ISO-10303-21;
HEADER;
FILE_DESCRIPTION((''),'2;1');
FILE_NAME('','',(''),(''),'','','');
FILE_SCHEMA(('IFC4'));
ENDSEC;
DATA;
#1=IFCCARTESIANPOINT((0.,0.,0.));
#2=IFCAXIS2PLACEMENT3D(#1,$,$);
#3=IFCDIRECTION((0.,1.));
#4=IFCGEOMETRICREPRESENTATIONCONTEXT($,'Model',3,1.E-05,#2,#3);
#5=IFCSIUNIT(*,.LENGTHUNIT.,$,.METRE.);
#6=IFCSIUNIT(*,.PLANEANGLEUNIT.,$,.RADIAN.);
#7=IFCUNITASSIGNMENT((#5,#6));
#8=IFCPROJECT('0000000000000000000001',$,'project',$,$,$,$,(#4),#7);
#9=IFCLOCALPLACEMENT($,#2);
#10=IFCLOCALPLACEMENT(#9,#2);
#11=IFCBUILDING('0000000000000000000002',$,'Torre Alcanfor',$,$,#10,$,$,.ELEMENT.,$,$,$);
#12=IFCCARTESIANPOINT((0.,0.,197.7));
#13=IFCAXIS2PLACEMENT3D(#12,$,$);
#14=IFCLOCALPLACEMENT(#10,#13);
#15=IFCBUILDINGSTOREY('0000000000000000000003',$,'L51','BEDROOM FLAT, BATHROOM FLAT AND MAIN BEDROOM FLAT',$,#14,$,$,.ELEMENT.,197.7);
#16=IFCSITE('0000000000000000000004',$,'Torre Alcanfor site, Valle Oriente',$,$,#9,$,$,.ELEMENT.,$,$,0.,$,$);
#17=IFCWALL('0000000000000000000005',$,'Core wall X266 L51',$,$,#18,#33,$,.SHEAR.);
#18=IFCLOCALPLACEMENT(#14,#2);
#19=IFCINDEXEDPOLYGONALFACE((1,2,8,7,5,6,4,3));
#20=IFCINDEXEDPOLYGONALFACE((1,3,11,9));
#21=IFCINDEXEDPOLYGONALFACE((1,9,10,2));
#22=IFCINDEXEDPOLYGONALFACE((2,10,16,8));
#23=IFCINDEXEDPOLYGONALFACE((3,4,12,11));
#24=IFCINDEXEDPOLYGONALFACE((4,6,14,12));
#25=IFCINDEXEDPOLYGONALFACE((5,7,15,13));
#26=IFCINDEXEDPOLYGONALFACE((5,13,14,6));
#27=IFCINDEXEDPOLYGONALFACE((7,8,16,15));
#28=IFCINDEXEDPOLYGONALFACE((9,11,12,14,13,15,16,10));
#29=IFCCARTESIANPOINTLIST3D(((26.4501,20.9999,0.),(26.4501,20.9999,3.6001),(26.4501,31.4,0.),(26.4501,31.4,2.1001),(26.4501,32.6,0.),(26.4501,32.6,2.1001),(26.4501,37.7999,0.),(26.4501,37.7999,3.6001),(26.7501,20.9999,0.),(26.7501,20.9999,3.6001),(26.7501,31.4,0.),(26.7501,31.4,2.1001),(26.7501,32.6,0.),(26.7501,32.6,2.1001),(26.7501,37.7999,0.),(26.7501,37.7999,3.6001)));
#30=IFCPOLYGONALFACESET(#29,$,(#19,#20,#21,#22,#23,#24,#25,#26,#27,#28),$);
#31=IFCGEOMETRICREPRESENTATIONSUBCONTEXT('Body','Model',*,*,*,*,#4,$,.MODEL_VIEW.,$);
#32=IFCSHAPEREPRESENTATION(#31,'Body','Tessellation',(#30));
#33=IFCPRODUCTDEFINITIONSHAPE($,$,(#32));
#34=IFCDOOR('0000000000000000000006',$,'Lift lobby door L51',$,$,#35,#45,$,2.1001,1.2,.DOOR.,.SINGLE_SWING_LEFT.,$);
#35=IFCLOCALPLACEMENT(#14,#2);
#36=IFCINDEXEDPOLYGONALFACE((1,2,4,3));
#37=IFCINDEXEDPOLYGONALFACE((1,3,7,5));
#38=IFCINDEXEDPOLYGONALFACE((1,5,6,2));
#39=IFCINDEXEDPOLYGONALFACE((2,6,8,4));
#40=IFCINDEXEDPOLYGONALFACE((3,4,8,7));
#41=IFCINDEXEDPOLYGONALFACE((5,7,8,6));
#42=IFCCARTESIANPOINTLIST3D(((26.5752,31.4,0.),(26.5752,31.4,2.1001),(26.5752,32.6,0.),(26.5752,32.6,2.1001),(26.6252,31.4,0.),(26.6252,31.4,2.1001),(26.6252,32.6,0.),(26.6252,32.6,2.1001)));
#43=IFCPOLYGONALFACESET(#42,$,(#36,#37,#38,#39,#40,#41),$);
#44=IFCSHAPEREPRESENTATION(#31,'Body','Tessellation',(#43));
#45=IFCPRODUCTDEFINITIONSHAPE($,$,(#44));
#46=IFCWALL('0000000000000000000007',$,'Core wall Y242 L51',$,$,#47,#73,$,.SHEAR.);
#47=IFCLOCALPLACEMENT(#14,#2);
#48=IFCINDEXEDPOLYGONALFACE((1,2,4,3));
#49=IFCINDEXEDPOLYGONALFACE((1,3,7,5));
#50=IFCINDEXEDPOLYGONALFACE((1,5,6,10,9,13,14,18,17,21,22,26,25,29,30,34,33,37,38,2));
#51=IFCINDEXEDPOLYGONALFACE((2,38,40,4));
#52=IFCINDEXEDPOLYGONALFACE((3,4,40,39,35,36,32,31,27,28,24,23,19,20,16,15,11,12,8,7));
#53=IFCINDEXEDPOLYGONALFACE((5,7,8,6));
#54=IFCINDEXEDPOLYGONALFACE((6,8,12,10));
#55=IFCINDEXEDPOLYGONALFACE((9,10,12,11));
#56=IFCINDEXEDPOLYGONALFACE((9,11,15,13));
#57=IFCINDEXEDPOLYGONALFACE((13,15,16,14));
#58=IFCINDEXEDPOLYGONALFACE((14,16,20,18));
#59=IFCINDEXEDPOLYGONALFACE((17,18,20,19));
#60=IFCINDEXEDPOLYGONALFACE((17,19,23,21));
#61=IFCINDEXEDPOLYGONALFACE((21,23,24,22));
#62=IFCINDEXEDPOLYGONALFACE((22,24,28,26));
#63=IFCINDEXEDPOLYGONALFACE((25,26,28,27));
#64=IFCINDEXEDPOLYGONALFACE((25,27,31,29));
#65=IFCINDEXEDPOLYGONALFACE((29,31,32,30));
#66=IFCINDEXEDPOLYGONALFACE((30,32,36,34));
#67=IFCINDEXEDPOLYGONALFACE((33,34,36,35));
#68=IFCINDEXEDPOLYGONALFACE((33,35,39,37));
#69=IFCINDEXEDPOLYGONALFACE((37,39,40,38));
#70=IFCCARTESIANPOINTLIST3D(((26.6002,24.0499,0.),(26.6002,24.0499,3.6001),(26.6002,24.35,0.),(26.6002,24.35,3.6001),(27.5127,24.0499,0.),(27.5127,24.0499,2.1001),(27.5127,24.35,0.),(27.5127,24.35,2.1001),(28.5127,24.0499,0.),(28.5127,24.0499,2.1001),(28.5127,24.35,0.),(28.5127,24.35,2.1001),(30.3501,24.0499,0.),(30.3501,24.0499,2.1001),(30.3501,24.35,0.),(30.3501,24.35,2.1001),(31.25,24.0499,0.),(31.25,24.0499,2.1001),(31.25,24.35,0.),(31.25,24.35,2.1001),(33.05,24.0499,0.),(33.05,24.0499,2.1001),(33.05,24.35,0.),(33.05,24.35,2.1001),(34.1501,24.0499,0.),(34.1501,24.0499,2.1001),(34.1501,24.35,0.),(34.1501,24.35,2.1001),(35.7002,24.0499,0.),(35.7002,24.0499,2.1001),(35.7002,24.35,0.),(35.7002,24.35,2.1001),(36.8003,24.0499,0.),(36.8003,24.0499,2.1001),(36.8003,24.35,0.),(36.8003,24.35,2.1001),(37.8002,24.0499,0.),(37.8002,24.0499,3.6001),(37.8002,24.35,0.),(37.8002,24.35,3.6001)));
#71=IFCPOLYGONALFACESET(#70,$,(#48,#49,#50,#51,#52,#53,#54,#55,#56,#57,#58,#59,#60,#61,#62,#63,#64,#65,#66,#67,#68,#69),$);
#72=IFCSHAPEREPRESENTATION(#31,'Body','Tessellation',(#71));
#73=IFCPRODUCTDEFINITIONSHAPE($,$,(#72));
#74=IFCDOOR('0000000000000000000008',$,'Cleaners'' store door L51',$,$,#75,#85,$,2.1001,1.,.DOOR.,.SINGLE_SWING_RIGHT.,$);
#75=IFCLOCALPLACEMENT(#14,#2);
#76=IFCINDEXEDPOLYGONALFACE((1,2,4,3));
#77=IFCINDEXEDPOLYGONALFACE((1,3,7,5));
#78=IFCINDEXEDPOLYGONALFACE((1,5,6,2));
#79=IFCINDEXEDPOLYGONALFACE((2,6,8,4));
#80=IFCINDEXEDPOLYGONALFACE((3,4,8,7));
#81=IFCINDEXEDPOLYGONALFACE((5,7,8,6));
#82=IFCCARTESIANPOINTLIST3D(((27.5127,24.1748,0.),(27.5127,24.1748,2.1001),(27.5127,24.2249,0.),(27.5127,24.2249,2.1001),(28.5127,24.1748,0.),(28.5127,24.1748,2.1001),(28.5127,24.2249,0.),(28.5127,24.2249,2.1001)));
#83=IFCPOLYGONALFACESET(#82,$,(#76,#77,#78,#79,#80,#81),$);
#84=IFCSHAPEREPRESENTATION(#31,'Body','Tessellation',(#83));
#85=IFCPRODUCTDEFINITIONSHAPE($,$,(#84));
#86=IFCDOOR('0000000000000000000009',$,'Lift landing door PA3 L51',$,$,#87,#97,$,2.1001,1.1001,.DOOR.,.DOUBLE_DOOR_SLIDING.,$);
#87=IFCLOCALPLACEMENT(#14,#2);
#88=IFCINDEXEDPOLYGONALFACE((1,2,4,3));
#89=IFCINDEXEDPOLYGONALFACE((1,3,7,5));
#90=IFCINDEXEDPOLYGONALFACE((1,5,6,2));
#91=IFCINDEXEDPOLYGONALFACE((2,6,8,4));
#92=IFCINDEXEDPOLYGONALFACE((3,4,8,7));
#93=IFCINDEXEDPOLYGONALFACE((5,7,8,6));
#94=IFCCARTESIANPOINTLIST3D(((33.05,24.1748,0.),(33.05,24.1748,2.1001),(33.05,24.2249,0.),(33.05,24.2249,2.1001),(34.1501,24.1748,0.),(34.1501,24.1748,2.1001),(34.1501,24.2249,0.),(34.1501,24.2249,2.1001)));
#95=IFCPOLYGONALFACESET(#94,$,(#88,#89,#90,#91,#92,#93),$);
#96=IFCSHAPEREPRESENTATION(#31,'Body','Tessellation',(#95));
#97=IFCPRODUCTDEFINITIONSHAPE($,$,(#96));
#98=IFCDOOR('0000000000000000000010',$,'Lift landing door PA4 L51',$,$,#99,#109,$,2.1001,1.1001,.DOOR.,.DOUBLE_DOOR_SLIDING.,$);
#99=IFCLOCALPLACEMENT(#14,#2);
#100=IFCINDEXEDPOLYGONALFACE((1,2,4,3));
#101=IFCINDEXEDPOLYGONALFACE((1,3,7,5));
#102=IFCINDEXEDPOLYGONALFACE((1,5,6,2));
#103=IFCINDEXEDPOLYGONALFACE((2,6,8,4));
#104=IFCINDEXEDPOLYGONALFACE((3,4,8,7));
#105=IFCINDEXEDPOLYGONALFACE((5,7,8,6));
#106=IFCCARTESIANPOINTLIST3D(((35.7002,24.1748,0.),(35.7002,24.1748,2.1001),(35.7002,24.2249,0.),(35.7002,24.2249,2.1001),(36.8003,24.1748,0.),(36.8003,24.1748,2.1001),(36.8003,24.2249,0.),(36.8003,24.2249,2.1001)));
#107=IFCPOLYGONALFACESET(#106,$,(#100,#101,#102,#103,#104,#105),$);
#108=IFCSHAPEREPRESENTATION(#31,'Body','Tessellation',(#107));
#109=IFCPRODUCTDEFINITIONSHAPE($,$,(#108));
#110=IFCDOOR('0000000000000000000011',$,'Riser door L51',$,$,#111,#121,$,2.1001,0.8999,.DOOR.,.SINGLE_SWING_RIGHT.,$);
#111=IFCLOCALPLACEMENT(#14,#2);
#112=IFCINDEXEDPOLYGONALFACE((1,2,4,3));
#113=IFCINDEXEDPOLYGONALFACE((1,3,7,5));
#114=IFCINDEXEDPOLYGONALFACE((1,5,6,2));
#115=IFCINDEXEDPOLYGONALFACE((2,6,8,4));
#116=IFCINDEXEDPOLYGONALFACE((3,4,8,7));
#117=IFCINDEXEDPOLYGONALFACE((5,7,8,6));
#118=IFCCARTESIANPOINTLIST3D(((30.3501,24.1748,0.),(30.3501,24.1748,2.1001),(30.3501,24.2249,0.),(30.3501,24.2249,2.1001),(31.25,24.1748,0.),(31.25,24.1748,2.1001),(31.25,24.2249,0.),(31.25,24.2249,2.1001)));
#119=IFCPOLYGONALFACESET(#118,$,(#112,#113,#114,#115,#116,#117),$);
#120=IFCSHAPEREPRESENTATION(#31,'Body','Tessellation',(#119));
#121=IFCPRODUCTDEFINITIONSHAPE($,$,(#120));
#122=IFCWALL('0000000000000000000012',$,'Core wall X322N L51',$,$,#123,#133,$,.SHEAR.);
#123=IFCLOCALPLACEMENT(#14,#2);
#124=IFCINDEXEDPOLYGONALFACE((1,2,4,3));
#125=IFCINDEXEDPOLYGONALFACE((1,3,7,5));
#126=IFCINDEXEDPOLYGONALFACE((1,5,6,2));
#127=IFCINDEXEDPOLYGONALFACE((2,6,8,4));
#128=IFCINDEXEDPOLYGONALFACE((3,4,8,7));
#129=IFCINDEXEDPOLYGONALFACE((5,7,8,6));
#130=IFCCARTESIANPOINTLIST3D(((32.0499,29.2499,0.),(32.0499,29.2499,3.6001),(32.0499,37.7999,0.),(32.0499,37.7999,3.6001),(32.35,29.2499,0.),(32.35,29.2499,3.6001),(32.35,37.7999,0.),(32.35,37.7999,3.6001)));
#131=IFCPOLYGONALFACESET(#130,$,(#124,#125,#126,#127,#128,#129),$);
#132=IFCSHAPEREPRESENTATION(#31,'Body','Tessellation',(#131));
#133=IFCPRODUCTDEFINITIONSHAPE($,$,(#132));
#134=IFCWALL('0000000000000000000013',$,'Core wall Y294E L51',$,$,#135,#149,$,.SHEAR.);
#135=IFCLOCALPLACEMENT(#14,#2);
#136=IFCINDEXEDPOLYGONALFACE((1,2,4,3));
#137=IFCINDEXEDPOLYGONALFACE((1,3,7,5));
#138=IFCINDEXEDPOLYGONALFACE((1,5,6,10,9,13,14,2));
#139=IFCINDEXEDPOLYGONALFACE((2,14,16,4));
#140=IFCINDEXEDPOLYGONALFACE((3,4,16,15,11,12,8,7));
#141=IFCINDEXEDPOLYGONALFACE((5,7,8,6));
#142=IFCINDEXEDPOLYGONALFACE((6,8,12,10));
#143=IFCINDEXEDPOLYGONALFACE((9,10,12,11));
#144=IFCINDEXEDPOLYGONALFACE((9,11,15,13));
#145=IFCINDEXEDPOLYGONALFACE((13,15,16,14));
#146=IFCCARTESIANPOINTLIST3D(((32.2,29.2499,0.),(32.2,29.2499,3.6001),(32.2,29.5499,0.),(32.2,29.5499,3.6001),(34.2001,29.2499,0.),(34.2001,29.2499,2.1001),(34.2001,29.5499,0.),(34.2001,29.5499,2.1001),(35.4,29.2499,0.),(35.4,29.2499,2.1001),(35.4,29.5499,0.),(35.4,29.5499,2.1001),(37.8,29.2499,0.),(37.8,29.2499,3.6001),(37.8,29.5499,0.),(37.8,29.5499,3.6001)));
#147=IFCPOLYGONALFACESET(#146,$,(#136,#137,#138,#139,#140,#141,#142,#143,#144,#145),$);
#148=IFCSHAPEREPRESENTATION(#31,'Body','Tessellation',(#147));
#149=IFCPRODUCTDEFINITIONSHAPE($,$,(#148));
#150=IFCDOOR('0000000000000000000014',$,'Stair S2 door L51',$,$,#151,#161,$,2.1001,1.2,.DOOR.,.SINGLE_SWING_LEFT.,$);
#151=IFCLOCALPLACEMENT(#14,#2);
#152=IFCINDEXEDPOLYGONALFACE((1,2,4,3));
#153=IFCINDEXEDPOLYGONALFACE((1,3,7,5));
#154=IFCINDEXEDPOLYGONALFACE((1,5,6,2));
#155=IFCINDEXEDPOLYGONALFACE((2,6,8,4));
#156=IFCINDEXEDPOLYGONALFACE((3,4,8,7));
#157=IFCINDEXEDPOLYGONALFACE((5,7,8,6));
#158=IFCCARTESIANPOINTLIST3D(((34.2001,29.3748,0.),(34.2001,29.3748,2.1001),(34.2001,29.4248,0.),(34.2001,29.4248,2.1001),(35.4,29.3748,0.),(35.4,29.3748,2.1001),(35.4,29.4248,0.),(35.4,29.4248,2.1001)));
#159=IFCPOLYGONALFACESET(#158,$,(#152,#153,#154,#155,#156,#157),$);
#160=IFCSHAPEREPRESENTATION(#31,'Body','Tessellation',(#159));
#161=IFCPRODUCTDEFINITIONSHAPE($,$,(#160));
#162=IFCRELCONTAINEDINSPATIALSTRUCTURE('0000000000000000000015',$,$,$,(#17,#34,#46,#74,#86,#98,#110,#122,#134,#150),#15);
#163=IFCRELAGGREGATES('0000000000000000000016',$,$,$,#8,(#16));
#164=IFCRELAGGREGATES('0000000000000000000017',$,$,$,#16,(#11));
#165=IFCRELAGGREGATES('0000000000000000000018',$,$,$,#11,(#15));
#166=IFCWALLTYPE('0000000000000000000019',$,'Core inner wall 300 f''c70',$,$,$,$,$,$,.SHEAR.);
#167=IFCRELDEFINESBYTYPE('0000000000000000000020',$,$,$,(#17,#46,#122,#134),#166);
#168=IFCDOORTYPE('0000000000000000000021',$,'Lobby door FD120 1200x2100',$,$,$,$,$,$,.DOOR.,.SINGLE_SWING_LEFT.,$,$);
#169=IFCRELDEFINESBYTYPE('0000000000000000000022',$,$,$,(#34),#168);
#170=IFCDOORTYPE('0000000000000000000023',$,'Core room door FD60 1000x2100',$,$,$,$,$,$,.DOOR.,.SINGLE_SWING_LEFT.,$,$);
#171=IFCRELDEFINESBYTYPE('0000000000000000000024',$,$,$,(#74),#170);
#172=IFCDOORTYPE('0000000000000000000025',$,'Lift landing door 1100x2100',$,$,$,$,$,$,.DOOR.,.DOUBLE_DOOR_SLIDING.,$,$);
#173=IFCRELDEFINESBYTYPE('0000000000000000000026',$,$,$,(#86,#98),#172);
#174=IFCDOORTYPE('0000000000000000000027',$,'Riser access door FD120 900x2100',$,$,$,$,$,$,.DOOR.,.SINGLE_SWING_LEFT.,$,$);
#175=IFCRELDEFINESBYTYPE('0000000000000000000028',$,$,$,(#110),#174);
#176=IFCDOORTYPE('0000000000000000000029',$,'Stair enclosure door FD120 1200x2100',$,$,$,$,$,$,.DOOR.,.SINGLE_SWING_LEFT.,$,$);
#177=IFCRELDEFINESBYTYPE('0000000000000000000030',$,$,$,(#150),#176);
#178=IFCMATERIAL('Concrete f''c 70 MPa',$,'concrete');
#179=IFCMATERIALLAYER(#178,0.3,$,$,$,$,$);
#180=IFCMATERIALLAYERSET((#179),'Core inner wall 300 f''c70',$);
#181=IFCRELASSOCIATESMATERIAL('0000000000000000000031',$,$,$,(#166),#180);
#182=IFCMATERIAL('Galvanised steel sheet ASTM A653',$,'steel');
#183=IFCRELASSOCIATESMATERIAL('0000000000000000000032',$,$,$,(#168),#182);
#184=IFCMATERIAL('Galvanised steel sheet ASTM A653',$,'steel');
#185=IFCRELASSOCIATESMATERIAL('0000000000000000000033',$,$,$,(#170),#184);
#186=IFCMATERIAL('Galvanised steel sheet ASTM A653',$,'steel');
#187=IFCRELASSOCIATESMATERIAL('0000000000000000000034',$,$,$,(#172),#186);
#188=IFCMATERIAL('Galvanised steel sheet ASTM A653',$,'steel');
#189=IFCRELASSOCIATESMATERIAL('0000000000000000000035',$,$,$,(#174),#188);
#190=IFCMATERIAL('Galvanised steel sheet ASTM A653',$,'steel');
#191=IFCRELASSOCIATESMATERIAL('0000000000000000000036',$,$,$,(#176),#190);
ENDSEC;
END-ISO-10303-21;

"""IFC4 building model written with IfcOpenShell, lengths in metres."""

from ifc_helpers import new_model, si_unit, direction, frame, frame_2d, origin, place, context, subcontext, project, spatial, rectangle, extrude, material, layer, layer_set, type_object, element, fill, save


model = new_model("IFC4")

# Units and contexts
model_context = context("Model", 3, precision=1e-05, world=origin(), true_north=direction((0.0, 1.0)))
body_context = subcontext(model_context, "Body", "Model", "MODEL_VIEW")
ifc_project = project(units=[si_unit("LENGTHUNIT", "METRE"), si_unit("PLANEANGLEUNIT", "RADIAN")], contexts=[model_context])

# Site, building, storey
site_placement = place(None, origin())
site = spatial("IfcSite", under=ifc_project, at=site_placement, Name="Torre Alcanfor site, Valle Oriente", CompositionType="ELEMENT", RefElevation=0.0)
building_placement = place(site_placement, origin())
building = spatial("IfcBuilding", under=site, at=building_placement, Name="Torre Alcanfor", CompositionType="ELEMENT")
storey_placement = place(building_placement, frame((0.0, 0.0, 197.7)))
storey = spatial("IfcBuildingStorey", under=building, at=storey_placement, Name="L51", Description="BEDROOM FLAT, BATHROOM FLAT AND MAIN BEDROOM FLAT", CompositionType="ELEMENT", Elevation=197.7)

# Wall, opening, door
ifc_material_1 = material(Name="Concrete f'c 70 MPa", Category="concrete")
ifc_layer_1 = layer(ifc_material_1, 0.3)
ifc_layer_set_1 = layer_set([ifc_layer_1], Name="Core inner wall 300 f'c70")
wall_type_1 = type_object("IfcWallType", Name="Core inner wall 300 f'c70", PredefinedType="SHEAR", material=ifc_layer_set_1)
wall_1_placement = place(storey_placement, frame((26.6001, 21.0, 0.0), z_axis=(0.0, 0.0, 1.0), x_axis=(0.0, 1.0, 0.0)))
wall_1 = element("IfcWall", 1, at=wall_1_placement, inside=storey, type_object=wall_type_1, Name="Core wall X266 L51", PredefinedType="SHEAR", context=body_context, shape_type="SweptSolid", body=[
    extrude(rectangle(XDim=16.8, YDim=0.3, at=frame_2d((8.3999, 0.0))), origin(), (0.0, 0.0, 1.0), 3.6001),
])
opening_1_placement = place(wall_1_placement, frame((10.3999, 0.0, 0.0)))
opening_1 = element("IfcOpeningElement", 2, at=opening_1_placement, cuts=wall_1, PredefinedType="OPENING", context=body_context, shape_type="SweptSolid", body=[
    extrude(rectangle(XDim=1.2, YDim=2.1001, at=frame_2d((0.6001, 1.05))), frame((0.0, 0.1599, 0.0), z_axis=(0.0, -1.0, 0.0), x_axis=(1.0, 0.0, 0.0)), (0.0, 0.0, 1.0), 0.3201),
])
ifc_material_2 = material(Name="Galvanised steel sheet ASTM A653", Category="steel")
door_type_1 = type_object("IfcDoorType", Name="Lobby door FD120 1200x2100", OperationType="SINGLE_SWING_LEFT", PredefinedType="DOOR", material=ifc_material_2)
door_1_placement = place(opening_1_placement, origin())
door_1 = element("IfcDoor", 3, at=door_1_placement, inside=storey, type_object=door_type_1, Name="Lift lobby door L51", OperationType="SINGLE_SWING_LEFT", OverallHeight=2.1001, OverallWidth=1.2, PredefinedType="DOOR", context=body_context, shape_type="SweptSolid", body=[
    extrude(rectangle(XDim=1.2, YDim=2.1001, at=frame_2d((0.6001, 1.05))), frame((0.0, 0.0249, 0.0), z_axis=(0.0, -1.0, 0.0), x_axis=(1.0, 0.0, 0.0)), (0.0, 0.0, 1.0), 0.05),
])
fill(opening_1, door_1)

# Wall, openings, doors
wall_2_placement = place(storey_placement, frame((26.6001, 24.2, 0.0), z_axis=(0.0, 0.0, 1.0), x_axis=(1.0, 0.0, 0.0)))
wall_2 = element("IfcWall", 4, at=wall_2_placement, inside=storey, type_object=wall_type_1, Name="Core wall Y242 L51", PredefinedType="SHEAR", context=body_context, shape_type="SweptSolid", body=[
    extrude(rectangle(XDim=11.2, YDim=0.3, at=frame_2d((5.6001, 0.0))), origin(), (0.0, 0.0, 1.0), 3.6001),
])
opening_2_placement = place(wall_2_placement, frame((0.9126, 0.0, 0.0)))
opening_2 = element("IfcOpeningElement", 5, at=opening_2_placement, cuts=wall_2, PredefinedType="OPENING", context=body_context, shape_type="SweptSolid", body=[
    extrude(rectangle(XDim=1.0, YDim=2.1001, at=frame_2d((0.5, 1.05))), frame((0.0, 0.1599, 0.0), z_axis=(0.0, -1.0, 0.0), x_axis=(1.0, 0.0, 0.0)), (0.0, 0.0, 1.0), 0.3201),
])
opening_3_placement = place(wall_2_placement, frame((3.75, 0.0, 0.0)))
opening_3 = element("IfcOpeningElement", 6, at=opening_3_placement, cuts=wall_2, PredefinedType="OPENING", context=body_context, shape_type="SweptSolid", body=[
    extrude(rectangle(XDim=0.8999, YDim=2.1001, at=frame_2d((0.45, 1.05))), frame((0.0, 0.1599, 0.0), z_axis=(0.0, -1.0, 0.0), x_axis=(1.0, 0.0, 0.0)), (0.0, 0.0, 1.0), 0.3201),
])
opening_4_placement = place(wall_2_placement, frame((6.45, 0.0, 0.0)))
opening_4 = element("IfcOpeningElement", 7, at=opening_4_placement, cuts=wall_2, PredefinedType="OPENING", context=body_context, shape_type="SweptSolid", body=[
    extrude(rectangle(XDim=1.1001, YDim=2.1001, at=frame_2d((0.55, 1.05))), frame((0.0, 0.1599, 0.0), z_axis=(0.0, -1.0, 0.0), x_axis=(1.0, 0.0, 0.0)), (0.0, 0.0, 1.0), 0.3201),
])
opening_5_placement = place(wall_2_placement, frame((9.1001, 0.0, 0.0)))
opening_5 = element("IfcOpeningElement", 8, at=opening_5_placement, cuts=wall_2, PredefinedType="OPENING", context=body_context, shape_type="SweptSolid", body=[
    extrude(rectangle(XDim=1.1001, YDim=2.1001, at=frame_2d((0.55, 1.05))), frame((0.0, 0.1599, 0.0), z_axis=(0.0, -1.0, 0.0), x_axis=(1.0, 0.0, 0.0)), (0.0, 0.0, 1.0), 0.3201),
])
ifc_material_3 = material(Name="Galvanised steel sheet ASTM A653", Category="steel")
door_type_2 = type_object("IfcDoorType", Name="Core room door FD60 1000x2100", OperationType="SINGLE_SWING_LEFT", PredefinedType="DOOR", material=ifc_material_3)
door_2_placement = place(opening_2_placement, frame((1.0, 0.0, 0.0), z_axis=(0.0, 0.0, 1.0), x_axis=(-1.0, 0.0, 0.0)))
door_2 = element("IfcDoor", 9, at=door_2_placement, inside=storey, type_object=door_type_2, Name="Cleaners' store door L51", OperationType="SINGLE_SWING_RIGHT", OverallHeight=2.1001, OverallWidth=1.0, PredefinedType="DOOR", context=body_context, shape_type="SweptSolid", body=[
    extrude(rectangle(XDim=1.0, YDim=2.1001, at=frame_2d((0.5, 1.05))), frame((0.0, 0.0251, 0.0), z_axis=(0.0, -1.0, 0.0), x_axis=(1.0, 0.0, 0.0)), (0.0, 0.0, 1.0), 0.05),
])
fill(opening_2, door_2)
ifc_material_4 = material(Name="Galvanised steel sheet ASTM A653", Category="steel")
door_type_3 = type_object("IfcDoorType", Name="Lift landing door 1100x2100", OperationType="DOUBLE_DOOR_SLIDING", PredefinedType="DOOR", material=ifc_material_4)
door_3_placement = place(opening_4_placement, origin())
door_3 = element("IfcDoor", 10, at=door_3_placement, inside=storey, type_object=door_type_3, Name="Lift landing door PA3 L51", OperationType="DOUBLE_DOOR_SLIDING", OverallHeight=2.1001, OverallWidth=1.1001, PredefinedType="DOOR", context=body_context, shape_type="SweptSolid", body=[
    extrude(rectangle(XDim=1.1001, YDim=2.1001, at=frame_2d((0.55, 1.05))), frame((0.0, 0.0249, 0.0), z_axis=(0.0, -1.0, 0.0), x_axis=(1.0, 0.0, 0.0)), (0.0, 0.0, 1.0), 0.05),
])
fill(opening_4, door_3)
door_4_placement = place(opening_5_placement, origin())
door_4 = element("IfcDoor", 11, at=door_4_placement, inside=storey, type_object=door_type_3, Name="Lift landing door PA4 L51", OperationType="DOUBLE_DOOR_SLIDING", OverallHeight=2.1001, OverallWidth=1.1001, PredefinedType="DOOR", context=body_context, shape_type="SweptSolid", body=[
    extrude(rectangle(XDim=1.1001, YDim=2.1001, at=frame_2d((0.55, 1.05))), frame((0.0, 0.0249, 0.0), z_axis=(0.0, -1.0, 0.0), x_axis=(1.0, 0.0, 0.0)), (0.0, 0.0, 1.0), 0.05),
])
fill(opening_5, door_4)
ifc_material_5 = material(Name="Galvanised steel sheet ASTM A653", Category="steel")
door_type_4 = type_object("IfcDoorType", Name="Riser access door FD120 900x2100", OperationType="SINGLE_SWING_LEFT", PredefinedType="DOOR", material=ifc_material_5)
door_5_placement = place(opening_3_placement, frame((0.8999, 0.0, 0.0), z_axis=(0.0, 0.0, 1.0), x_axis=(-1.0, 0.0, 0.0)))
door_5 = element("IfcDoor", 12, at=door_5_placement, inside=storey, type_object=door_type_4, Name="Riser door L51", OperationType="SINGLE_SWING_RIGHT", OverallHeight=2.1001, OverallWidth=0.8999, PredefinedType="DOOR", context=body_context, shape_type="SweptSolid", body=[
    extrude(rectangle(XDim=0.8999, YDim=2.1001, at=frame_2d((0.45, 1.05))), frame((0.0, 0.0251, 0.0), z_axis=(0.0, -1.0, 0.0), x_axis=(1.0, 0.0, 0.0)), (0.0, 0.0, 1.0), 0.05),
])
fill(opening_3, door_5)

# Wall
wall_3_placement = place(storey_placement, frame((32.2, 29.25, 0.0), z_axis=(0.0, 0.0, 1.0), x_axis=(0.0, 1.0, 0.0)))
element("IfcWall", 13, at=wall_3_placement, inside=storey, type_object=wall_type_1, Name="Core wall X322N L51", PredefinedType="SHEAR", context=body_context, shape_type="SweptSolid", body=[
    extrude(rectangle(XDim=8.55, YDim=0.3, at=frame_2d((4.2749, 0.0))), origin(), (0.0, 0.0, 1.0), 3.6001),
])

# Wall, opening, door
wall_4_placement = place(storey_placement, frame((32.2, 29.3999, 0.0), z_axis=(0.0, 0.0, 1.0), x_axis=(1.0, 0.0, 0.0)))
wall_4 = element("IfcWall", 14, at=wall_4_placement, inside=storey, type_object=wall_type_1, Name="Core wall Y294E L51", PredefinedType="SHEAR", context=body_context, shape_type="SweptSolid", body=[
    extrude(rectangle(XDim=5.6001, YDim=0.3, at=frame_2d((2.8, 0.0))), origin(), (0.0, 0.0, 1.0), 3.6001),
])
opening_6_placement = place(wall_4_placement, frame((2.0, 0.0, 0.0)))
opening_6 = element("IfcOpeningElement", 15, at=opening_6_placement, cuts=wall_4, PredefinedType="OPENING", context=body_context, shape_type="SweptSolid", body=[
    extrude(rectangle(XDim=1.2, YDim=2.1001, at=frame_2d((0.6001, 1.05))), frame((0.0, 0.1599, 0.0), z_axis=(0.0, -1.0, 0.0), x_axis=(1.0, 0.0, 0.0)), (0.0, 0.0, 1.0), 0.3201),
])
ifc_material_6 = material(Name="Galvanised steel sheet ASTM A653", Category="steel")
door_type_5 = type_object("IfcDoorType", Name="Stair enclosure door FD120 1200x2100", OperationType="SINGLE_SWING_LEFT", PredefinedType="DOOR", material=ifc_material_6)
door_6_placement = place(opening_6_placement, origin())
door_6 = element("IfcDoor", 16, at=door_6_placement, inside=storey, type_object=door_type_5, Name="Stair S2 door L51", OperationType="SINGLE_SWING_LEFT", OverallHeight=2.1001, OverallWidth=1.2, PredefinedType="DOOR", context=body_context, shape_type="SweptSolid", body=[
    extrude(rectangle(XDim=1.2, YDim=2.1001, at=frame_2d((0.6001, 1.05))), frame((0.0, 0.0249, 0.0), z_axis=(0.0, -1.0, 0.0), x_axis=(1.0, 0.0, 0.0)), (0.0, 0.0, 1.0), 0.05),
])
fill(opening_6, door_6)

save(model, "model.ifc")
